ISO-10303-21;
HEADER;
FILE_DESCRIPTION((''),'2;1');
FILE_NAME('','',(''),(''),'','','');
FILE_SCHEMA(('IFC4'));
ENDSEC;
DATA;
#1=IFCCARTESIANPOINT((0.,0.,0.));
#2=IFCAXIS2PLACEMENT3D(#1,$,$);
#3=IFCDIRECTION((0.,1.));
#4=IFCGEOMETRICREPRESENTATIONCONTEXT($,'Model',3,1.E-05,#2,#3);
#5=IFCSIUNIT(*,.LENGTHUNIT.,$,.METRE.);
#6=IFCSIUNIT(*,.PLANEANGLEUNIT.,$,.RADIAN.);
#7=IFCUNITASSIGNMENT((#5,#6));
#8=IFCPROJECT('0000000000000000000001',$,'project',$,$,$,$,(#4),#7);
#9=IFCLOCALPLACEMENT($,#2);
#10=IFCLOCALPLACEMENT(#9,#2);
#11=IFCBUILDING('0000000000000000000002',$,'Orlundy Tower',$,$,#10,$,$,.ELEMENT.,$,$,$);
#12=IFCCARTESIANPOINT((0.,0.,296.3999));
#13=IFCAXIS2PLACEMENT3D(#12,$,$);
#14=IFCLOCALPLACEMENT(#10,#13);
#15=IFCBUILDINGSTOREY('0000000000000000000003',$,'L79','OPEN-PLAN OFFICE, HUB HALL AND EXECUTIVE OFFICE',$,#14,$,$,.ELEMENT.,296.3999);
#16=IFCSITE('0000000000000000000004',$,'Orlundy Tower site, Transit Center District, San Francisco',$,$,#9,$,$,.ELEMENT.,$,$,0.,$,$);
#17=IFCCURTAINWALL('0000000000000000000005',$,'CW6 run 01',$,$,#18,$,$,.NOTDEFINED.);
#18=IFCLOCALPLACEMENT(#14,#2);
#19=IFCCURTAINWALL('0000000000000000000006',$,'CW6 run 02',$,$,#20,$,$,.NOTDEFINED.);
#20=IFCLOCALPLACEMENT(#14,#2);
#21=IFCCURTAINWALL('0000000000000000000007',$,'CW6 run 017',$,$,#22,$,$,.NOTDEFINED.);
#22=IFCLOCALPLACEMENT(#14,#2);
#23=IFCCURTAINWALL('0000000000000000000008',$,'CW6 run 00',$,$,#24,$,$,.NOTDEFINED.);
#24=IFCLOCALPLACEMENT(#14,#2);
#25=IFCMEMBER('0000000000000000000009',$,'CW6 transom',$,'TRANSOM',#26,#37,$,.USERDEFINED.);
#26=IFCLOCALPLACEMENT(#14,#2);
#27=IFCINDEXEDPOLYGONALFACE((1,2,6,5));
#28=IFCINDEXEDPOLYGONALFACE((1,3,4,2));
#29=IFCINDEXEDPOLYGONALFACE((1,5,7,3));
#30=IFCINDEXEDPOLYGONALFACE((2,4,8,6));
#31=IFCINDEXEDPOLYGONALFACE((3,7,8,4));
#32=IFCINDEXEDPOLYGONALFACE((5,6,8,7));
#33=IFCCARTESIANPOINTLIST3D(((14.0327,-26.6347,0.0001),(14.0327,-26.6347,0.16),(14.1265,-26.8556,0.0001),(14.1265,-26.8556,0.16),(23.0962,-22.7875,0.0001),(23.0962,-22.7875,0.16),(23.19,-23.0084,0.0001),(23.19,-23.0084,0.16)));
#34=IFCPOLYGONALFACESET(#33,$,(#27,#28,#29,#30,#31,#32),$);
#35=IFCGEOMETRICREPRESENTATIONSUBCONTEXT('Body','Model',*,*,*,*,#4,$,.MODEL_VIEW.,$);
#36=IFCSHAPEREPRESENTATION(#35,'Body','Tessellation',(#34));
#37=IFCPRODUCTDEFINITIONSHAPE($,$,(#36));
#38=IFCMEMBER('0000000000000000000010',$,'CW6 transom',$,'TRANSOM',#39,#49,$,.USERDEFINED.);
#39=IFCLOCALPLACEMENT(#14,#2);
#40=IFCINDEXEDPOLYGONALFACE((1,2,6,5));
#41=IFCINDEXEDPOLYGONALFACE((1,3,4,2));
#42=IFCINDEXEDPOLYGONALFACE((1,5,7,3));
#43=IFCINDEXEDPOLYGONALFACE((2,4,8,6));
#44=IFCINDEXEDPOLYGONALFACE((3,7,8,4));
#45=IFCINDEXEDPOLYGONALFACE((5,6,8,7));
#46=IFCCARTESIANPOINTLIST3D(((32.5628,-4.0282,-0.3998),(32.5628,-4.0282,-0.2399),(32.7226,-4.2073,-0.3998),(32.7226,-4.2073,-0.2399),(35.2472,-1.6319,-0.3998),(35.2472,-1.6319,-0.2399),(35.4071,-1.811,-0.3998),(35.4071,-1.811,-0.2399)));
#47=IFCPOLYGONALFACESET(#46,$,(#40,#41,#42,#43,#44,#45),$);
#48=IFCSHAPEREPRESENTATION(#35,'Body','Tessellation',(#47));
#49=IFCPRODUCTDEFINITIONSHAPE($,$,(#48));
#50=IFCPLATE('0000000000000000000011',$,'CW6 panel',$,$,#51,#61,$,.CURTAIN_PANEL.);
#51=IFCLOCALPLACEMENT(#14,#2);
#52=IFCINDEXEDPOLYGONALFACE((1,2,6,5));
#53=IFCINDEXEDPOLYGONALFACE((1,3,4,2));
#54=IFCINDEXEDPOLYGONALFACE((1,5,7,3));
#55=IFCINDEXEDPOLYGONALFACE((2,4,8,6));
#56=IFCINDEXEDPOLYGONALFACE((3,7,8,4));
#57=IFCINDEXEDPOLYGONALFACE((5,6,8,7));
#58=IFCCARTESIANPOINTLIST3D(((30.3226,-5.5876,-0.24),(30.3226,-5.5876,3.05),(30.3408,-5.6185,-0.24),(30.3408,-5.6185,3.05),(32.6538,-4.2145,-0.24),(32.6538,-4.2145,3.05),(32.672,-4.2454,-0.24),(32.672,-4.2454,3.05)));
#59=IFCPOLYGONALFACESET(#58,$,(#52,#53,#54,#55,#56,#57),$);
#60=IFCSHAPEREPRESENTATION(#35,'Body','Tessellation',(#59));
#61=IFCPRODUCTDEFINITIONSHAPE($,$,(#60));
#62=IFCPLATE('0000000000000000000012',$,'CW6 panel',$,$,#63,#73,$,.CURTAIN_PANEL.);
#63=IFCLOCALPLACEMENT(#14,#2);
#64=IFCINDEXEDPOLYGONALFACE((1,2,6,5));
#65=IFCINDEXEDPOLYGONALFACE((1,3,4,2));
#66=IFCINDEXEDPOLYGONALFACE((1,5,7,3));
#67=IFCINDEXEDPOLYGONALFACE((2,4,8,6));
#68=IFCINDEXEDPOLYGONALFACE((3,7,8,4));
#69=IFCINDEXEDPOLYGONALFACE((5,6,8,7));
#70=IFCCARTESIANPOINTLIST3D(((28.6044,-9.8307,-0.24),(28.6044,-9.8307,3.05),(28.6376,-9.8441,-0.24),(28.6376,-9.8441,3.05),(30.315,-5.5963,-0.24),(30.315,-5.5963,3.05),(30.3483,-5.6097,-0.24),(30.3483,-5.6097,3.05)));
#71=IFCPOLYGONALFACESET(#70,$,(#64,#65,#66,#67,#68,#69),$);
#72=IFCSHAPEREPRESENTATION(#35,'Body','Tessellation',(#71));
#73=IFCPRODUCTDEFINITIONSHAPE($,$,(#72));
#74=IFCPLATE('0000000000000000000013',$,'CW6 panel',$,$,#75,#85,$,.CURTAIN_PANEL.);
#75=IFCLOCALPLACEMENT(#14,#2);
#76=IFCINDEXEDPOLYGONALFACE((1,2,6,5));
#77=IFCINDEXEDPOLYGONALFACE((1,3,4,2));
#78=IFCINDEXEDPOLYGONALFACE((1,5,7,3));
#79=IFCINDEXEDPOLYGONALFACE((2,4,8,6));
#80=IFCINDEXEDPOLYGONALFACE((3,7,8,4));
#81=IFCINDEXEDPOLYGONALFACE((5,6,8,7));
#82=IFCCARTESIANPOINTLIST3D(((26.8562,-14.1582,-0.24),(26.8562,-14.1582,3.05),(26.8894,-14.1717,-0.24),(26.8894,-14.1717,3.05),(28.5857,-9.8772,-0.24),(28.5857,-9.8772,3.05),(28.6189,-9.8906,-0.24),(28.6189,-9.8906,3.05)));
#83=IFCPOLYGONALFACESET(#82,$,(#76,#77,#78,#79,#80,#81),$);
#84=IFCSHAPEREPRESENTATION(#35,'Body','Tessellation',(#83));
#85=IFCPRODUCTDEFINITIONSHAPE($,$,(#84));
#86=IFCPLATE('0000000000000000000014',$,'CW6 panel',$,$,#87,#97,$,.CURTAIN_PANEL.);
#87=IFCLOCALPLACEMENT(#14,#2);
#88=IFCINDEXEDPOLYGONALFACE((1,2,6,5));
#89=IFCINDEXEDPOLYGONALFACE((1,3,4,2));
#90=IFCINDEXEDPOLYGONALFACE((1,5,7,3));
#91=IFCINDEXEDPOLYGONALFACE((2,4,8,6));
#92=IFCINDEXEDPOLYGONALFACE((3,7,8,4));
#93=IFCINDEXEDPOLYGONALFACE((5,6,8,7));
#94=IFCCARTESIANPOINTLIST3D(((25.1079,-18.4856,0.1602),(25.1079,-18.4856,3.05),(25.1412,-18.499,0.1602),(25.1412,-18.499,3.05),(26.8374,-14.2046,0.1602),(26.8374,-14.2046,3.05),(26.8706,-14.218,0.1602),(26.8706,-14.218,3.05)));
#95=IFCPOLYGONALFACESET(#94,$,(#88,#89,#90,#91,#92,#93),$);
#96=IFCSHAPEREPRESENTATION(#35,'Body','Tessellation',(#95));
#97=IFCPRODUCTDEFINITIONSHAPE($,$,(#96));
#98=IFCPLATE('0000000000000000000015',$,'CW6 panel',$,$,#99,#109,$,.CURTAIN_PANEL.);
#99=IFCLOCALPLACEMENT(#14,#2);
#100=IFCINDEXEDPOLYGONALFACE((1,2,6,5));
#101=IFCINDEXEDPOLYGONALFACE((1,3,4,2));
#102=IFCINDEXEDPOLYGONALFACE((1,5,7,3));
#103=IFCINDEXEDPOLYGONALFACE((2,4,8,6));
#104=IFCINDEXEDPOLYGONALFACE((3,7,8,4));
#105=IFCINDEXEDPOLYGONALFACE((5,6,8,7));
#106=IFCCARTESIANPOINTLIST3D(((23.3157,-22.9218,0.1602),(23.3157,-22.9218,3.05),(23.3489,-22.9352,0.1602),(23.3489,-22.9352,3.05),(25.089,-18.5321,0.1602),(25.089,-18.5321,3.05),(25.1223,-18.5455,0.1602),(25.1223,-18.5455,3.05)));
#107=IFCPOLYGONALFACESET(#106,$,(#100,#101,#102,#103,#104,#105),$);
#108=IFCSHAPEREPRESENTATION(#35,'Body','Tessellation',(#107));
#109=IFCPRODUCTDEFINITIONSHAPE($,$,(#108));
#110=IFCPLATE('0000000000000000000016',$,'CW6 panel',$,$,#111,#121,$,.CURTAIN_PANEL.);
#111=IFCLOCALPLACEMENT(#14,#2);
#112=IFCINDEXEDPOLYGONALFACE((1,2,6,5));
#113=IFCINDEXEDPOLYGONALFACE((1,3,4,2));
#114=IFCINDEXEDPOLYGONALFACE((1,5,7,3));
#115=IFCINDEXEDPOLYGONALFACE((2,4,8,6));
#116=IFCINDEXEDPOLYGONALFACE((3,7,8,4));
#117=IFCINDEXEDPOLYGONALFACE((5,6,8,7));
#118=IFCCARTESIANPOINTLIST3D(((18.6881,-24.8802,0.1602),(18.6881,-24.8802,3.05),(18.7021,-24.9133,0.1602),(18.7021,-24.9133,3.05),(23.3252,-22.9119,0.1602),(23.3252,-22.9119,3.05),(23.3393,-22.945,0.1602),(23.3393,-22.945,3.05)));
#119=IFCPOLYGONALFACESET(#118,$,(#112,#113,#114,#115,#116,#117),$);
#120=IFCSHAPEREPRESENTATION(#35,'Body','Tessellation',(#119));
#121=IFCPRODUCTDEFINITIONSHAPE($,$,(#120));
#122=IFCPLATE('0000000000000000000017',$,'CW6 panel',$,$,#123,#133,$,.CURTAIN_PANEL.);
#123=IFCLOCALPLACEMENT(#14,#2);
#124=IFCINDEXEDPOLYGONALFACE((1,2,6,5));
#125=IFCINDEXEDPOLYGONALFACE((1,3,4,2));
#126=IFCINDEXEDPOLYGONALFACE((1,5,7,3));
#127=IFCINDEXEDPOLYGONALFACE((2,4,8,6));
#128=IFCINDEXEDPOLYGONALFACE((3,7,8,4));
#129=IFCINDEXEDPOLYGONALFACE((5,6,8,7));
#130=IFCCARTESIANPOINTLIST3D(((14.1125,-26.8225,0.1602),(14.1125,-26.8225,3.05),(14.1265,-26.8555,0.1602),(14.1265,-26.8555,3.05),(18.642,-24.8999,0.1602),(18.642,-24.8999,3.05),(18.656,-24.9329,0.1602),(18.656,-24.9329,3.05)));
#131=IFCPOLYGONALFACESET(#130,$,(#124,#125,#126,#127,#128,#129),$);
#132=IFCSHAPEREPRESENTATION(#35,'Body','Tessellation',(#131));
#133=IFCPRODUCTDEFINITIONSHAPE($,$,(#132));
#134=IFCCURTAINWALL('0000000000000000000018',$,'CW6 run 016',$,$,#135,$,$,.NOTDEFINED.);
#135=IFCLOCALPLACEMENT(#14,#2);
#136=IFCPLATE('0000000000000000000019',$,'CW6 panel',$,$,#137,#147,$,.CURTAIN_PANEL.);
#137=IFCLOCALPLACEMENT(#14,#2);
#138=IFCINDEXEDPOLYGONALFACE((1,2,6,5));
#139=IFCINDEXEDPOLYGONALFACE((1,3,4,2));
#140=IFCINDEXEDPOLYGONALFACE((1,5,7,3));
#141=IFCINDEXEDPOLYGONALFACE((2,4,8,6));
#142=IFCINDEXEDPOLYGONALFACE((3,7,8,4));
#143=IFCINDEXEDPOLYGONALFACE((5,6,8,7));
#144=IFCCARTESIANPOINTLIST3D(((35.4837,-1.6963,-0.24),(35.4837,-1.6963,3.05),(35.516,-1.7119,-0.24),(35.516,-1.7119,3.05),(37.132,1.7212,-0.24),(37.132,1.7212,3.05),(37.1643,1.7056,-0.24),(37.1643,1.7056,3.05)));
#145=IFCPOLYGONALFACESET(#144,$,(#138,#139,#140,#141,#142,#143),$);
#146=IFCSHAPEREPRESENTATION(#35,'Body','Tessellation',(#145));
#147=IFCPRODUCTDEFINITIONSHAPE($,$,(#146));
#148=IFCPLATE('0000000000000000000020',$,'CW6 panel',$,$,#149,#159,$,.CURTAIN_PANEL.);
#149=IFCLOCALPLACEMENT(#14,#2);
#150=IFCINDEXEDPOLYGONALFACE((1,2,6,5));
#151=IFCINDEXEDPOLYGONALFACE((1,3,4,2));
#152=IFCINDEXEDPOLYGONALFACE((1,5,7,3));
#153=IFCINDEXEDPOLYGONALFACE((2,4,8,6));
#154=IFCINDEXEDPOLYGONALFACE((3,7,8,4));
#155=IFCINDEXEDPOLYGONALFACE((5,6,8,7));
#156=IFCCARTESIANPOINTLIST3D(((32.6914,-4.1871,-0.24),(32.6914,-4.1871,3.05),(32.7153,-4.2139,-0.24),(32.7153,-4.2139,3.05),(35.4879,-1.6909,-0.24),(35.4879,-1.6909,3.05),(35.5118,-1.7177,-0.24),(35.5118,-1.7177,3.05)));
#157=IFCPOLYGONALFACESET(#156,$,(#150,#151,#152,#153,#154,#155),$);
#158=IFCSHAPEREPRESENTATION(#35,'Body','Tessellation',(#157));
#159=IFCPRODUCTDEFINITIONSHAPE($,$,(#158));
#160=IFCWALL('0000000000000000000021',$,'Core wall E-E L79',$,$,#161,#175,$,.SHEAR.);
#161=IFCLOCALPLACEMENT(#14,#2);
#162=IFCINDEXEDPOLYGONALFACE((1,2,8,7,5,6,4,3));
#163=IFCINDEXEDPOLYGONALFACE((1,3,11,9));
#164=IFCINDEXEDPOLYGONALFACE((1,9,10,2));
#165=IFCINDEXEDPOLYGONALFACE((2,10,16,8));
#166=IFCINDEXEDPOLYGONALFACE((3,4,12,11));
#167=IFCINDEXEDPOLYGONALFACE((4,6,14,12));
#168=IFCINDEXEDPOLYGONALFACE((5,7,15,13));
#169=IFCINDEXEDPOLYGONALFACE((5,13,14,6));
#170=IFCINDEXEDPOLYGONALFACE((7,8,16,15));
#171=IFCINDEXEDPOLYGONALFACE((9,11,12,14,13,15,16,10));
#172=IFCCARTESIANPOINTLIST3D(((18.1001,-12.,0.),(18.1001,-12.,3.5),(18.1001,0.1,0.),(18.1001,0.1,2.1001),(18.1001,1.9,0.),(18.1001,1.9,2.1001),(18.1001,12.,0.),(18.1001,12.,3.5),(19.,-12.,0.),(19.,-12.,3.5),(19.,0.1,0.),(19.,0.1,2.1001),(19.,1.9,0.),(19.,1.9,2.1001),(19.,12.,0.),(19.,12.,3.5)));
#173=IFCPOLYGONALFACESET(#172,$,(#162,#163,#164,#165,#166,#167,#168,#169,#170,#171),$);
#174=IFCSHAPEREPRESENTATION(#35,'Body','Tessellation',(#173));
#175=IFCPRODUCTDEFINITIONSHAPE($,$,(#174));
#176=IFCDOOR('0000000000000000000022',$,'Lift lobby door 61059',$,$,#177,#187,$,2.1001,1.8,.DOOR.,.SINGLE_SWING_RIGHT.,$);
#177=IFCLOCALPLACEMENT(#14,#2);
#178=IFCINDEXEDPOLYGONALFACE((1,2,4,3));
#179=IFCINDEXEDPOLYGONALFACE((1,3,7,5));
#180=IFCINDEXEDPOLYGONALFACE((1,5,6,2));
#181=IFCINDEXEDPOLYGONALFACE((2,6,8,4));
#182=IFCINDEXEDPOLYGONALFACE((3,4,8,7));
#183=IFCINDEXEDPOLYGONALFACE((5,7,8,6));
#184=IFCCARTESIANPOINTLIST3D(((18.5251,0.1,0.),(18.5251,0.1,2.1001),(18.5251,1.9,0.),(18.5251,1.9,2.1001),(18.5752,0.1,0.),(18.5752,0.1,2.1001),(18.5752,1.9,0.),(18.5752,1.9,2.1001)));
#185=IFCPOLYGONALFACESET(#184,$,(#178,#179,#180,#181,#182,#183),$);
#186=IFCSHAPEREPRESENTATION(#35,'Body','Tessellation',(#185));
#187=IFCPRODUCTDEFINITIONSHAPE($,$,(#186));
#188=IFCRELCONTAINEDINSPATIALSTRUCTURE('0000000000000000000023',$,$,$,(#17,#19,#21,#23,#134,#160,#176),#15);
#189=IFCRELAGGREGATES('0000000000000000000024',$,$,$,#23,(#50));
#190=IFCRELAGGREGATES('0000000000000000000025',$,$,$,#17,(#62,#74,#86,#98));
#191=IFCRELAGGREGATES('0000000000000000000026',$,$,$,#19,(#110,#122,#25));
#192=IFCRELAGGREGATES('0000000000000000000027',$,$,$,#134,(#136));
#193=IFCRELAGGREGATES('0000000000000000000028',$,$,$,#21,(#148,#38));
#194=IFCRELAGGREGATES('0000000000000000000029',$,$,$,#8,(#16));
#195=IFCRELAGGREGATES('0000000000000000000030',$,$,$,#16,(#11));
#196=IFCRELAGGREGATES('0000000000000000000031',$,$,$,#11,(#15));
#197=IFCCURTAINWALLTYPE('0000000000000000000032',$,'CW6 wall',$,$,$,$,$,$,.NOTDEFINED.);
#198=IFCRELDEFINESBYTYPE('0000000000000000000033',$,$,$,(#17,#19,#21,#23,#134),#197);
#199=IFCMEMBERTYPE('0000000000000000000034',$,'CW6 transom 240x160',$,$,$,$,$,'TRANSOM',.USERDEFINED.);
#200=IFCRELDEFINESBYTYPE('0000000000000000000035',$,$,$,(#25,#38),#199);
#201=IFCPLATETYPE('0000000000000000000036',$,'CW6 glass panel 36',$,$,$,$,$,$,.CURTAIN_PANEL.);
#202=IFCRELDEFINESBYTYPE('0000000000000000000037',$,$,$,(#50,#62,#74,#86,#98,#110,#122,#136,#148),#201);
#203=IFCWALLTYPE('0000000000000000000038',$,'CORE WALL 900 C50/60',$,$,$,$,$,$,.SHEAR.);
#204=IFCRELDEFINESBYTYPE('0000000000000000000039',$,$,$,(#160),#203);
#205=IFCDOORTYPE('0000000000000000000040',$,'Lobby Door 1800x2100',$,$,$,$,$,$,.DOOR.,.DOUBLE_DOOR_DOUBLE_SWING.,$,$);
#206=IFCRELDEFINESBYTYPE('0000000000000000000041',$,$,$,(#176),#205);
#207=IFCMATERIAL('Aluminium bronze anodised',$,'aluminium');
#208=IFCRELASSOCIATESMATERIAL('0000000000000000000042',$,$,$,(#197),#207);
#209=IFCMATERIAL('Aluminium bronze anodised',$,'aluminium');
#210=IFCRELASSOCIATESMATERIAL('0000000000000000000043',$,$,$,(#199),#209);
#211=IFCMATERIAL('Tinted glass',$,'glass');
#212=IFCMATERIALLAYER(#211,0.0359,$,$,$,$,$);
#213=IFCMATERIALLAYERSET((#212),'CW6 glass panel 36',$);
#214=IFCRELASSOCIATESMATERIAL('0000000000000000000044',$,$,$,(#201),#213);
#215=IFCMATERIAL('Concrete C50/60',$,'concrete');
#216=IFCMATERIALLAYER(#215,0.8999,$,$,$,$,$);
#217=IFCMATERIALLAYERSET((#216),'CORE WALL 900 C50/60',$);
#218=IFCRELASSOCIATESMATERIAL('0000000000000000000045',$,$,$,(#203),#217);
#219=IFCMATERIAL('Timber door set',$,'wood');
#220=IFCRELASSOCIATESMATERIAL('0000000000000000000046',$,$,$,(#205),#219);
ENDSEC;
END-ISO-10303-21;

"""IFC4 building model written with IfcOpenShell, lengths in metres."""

from ifc_helpers import new_model, si_unit, direction, frame, frame_2d, origin, origin_2d, place, context, subcontext, project, spatial, rectangle, extrude, material, layer, layer_set, material_profile, profile_set, type_object, element, fill, aggregate, save


model = new_model("IFC4")

# Units and contexts
model_context = context("Model", 3, precision=1e-05, world=origin(), true_north=direction((0.0, 1.0)))
body_context = subcontext(model_context, "Body", "Model", "MODEL_VIEW")
ifc_project = project(units=[si_unit("LENGTHUNIT", "METRE"), si_unit("PLANEANGLEUNIT", "RADIAN")], contexts=[model_context])

# Site, building, storey
site_placement = place(None, origin())
site = spatial("IfcSite", under=ifc_project, at=site_placement, Name="Orlundy Tower site, Transit Center District, San Francisco", CompositionType="ELEMENT", RefElevation=0.0)
building_placement = place(site_placement, origin())
building = spatial("IfcBuilding", under=site, at=building_placement, Name="Orlundy Tower", CompositionType="ELEMENT")
storey_placement = place(building_placement, frame((0.0, 0.0, 296.3999)))
storey = spatial("IfcBuildingStorey", under=building, at=storey_placement, Name="L79", Description="OPEN-PLAN OFFICE, HUB HALL AND EXECUTIVE OFFICE", CompositionType="ELEMENT", Elevation=296.3999)

# Curtain walls
ifc_material_1 = material(Name="Aluminium bronze anodised", Category="aluminium")
curtain_wall_type = type_object("IfcCurtainWallType", Name="CW6 wall", PredefinedType="NOTDEFINED", material=ifc_material_1)
curtain_wall_1_placement = place(storey_placement, origin())
curtain_wall_1 = element("IfcCurtainWall", 1, at=curtain_wall_1_placement, inside=storey, type_object=curtain_wall_type, Name="CW6 run 01", PredefinedType="NOTDEFINED")
curtain_wall_2_placement = place(storey_placement, origin())
curtain_wall_2 = element("IfcCurtainWall", 2, at=curtain_wall_2_placement, inside=storey, type_object=curtain_wall_type, Name="CW6 run 02", PredefinedType="NOTDEFINED")
curtain_wall_3_placement = place(storey_placement, origin())
curtain_wall_3 = element("IfcCurtainWall", 3, at=curtain_wall_3_placement, inside=storey, type_object=curtain_wall_type, Name="CW6 run 017", PredefinedType="NOTDEFINED")
curtain_wall_4_placement = place(storey_placement, origin())
curtain_wall_4 = element("IfcCurtainWall", 4, at=curtain_wall_4_placement, inside=storey, type_object=curtain_wall_type, Name="CW6 run 00", PredefinedType="NOTDEFINED")

# Members
ifc_material_2 = material(Name="Aluminium bronze anodised", Category="aluminium")
ifc_material_profile_1 = material_profile(ifc_material_2, rectangle(XDim=0.24, YDim=0.1599, at=origin_2d()), Name="CW6 transom 240x160")
ifc_profile_set_1 = profile_set([ifc_material_profile_1], Name="Aluminium bronze anodised")
member_type_1 = type_object("IfcMemberType", Name="CW6 transom 240x160", ElementType="TRANSOM", PredefinedType="USERDEFINED", material=ifc_profile_set_1)
member_1_placement = place(storey_placement, frame((23.1431, -22.8979, 0.0801), z_axis=(-0.920507, -0.390727, 0.0), x_axis=(0.390727, -0.920507, 0.0)))
member_1 = element("IfcMember", 5, at=member_1_placement, type_object=member_type_1, Name="CW6 transom", ObjectType="TRANSOM", PredefinedType="USERDEFINED", context=body_context, shape_type="SweptSolid", body=[
    extrude(rectangle(XDim=0.24, YDim=0.1599, at=origin_2d()), origin(), (0.0, 0.0, 1.0), 9.8462),
])
member_2_placement = place(storey_placement, frame((35.3271, -1.7214, -0.3198), z_axis=(-0.746004, -0.665942, 0.0), x_axis=(0.665942, -0.746004, 0.0)))
member_2 = element("IfcMember", 6, at=member_2_placement, type_object=member_type_1, Name="CW6 transom", ObjectType="TRANSOM", PredefinedType="USERDEFINED", context=body_context, shape_type="SweptSolid", body=[
    extrude(rectangle(XDim=0.24, YDim=0.1599, at=origin_2d()), origin(), (0.0, 0.0, 1.0), 3.5984),
])

# Plates
ifc_material_3 = material(Name="Tinted glass", Category="glass")
ifc_layer_1 = layer(ifc_material_3, 0.0359)
ifc_layer_set_1 = layer_set([ifc_layer_1], Name="CW6 glass panel 36")
plate_type = type_object("IfcPlateType", Name="CW6 glass panel 36", PredefinedType="CURTAIN_PANEL", material=ifc_layer_set_1)
plate_1_placement = place(storey_placement, frame((31.4973, -4.9165, -0.24), z_axis=(0.0, 0.0, 1.0), x_axis=(-0.861648, -0.507507, 0.0)))
plate_1 = element("IfcPlate", 7, at=plate_1_placement, type_object=plate_type, Name="CW6 panel", PredefinedType="CURTAIN_PANEL", context=body_context, shape_type="SweptSolid", body=[
    extrude(rectangle(XDim=2.7056, YDim=0.0359, at=origin_2d()), origin(), (0.0, 0.0, 1.0), 3.29),
])
aggregate(curtain_wall_4, [plate_1])
plate_2_placement = place(storey_placement, frame((29.4763, -7.7202, -0.24), z_axis=(0.0, 0.0, 1.0), x_axis=(-0.374575, -0.927197, 0.0)))
plate_2 = element("IfcPlate", 8, at=plate_2_placement, type_object=plate_type, Name="CW6 panel", PredefinedType="CURTAIN_PANEL", context=body_context, shape_type="SweptSolid", body=[
    extrude(rectangle(XDim=4.5669, YDim=0.0359, at=origin_2d()), origin(), (0.0, 0.0, 1.0), 3.29),
])
plate_3_placement = place(storey_placement, frame((27.7375, -12.0244, -0.24), z_axis=(0.0, 0.0, 1.0), x_axis=(-0.374575, -0.927197, 0.0)))
plate_3 = element("IfcPlate", 9, at=plate_3_placement, type_object=plate_type, Name="CW6 panel", PredefinedType="CURTAIN_PANEL", context=body_context, shape_type="SweptSolid", body=[
    extrude(rectangle(XDim=4.6172, YDim=0.0359, at=origin_2d()), origin(), (0.0, 0.0, 1.0), 3.29),
])
plate_4_placement = place(storey_placement, frame((25.9893, -16.3518, 0.1602), z_axis=(0.0, 0.0, 1.0), x_axis=(-0.374575, -0.927197, 0.0)))
plate_4 = element("IfcPlate", 10, at=plate_4_placement, type_object=plate_type, Name="CW6 panel", PredefinedType="CURTAIN_PANEL", context=body_context, shape_type="SweptSolid", body=[
    extrude(rectangle(XDim=4.6172, YDim=0.0359, at=origin_2d()), origin(), (0.0, 0.0, 1.0), 2.8899),
])
plate_5_placement = place(storey_placement, frame((24.219, -20.7336, 0.1602), z_axis=(0.0, 0.0, 1.0), x_axis=(-0.374575, -0.927197, 0.0)))
plate_5 = element("IfcPlate", 11, at=plate_5_placement, type_object=plate_type, Name="CW6 panel", PredefinedType="CURTAIN_PANEL", context=body_context, shape_type="SweptSolid", body=[
    extrude(rectangle(XDim=4.7344, YDim=0.0359, at=origin_2d()), origin(), (0.0, 0.0, 1.0), 2.8899),
])
aggregate(curtain_wall_1, [plate_2, plate_3, plate_4, plate_5])
plate_6_placement = place(storey_placement, frame((21.0137, -23.9126, 0.1602), z_axis=(0.0, 0.0, 1.0), x_axis=(-0.920507, -0.390727, 0.0)))
plate_6 = element("IfcPlate", 12, at=plate_6_placement, type_object=plate_type, Name="CW6 panel", PredefinedType="CURTAIN_PANEL", context=body_context, shape_type="SweptSolid", body=[
    extrude(rectangle(XDim=5.0376, YDim=0.0359, at=origin_2d()), origin(), (0.0, 0.0, 1.0), 2.8899),
])
plate_7_placement = place(storey_placement, frame((16.3843, -25.8777, 0.1602), z_axis=(0.0, 0.0, 1.0), x_axis=(-0.920507, -0.390727, 0.0)))
plate_7 = element("IfcPlate", 13, at=plate_7_placement, type_object=plate_type, Name="CW6 panel", PredefinedType="CURTAIN_PANEL", context=body_context, shape_type="SweptSolid", body=[
    extrude(rectangle(XDim=4.9207, YDim=0.0359, at=origin_2d()), origin(), (0.0, 0.0, 1.0), 2.8899),
])
aggregate(curtain_wall_2, [plate_6, plate_7, member_1])

# Curtain wall, plate
curtain_wall_5_placement = place(storey_placement, origin())
curtain_wall_5 = element("IfcCurtainWall", 14, at=curtain_wall_5_placement, inside=storey, type_object=curtain_wall_type, Name="CW6 run 016", PredefinedType="NOTDEFINED")
plate_8_placement = place(storey_placement, frame((36.324, 0.0046, -0.24), z_axis=(0.0, 0.0, 1.0), x_axis=(-0.434432, -0.900705, 0.0)))
plate_8 = element("IfcPlate", 15, at=plate_8_placement, type_object=plate_type, Name="CW6 panel", PredefinedType="CURTAIN_PANEL", context=body_context, shape_type="SweptSolid", body=[
    extrude(rectangle(XDim=3.7942, YDim=0.0359, at=origin_2d()), origin(), (0.0, 0.0, 1.0), 3.29),
])
aggregate(curtain_wall_5, [plate_8])

# Plate
plate_9_placement = place(storey_placement, frame((34.1016, -2.9524, -0.24), z_axis=(0.0, 0.0, 1.0), x_axis=(-0.746024, -0.665919, 0.0)))
plate_9 = element("IfcPlate", 16, at=plate_9_placement, type_object=plate_type, Name="CW6 panel", PredefinedType="CURTAIN_PANEL", context=body_context, shape_type="SweptSolid", body=[
    extrude(rectangle(XDim=3.7485, YDim=0.0359, at=origin_2d()), origin(), (0.0, 0.0, 1.0), 3.29),
])
aggregate(curtain_wall_3, [plate_9, member_2])

# Wall, opening, door
ifc_material_4 = material(Name="Concrete C50/60", Category="concrete")
ifc_layer_2 = layer(ifc_material_4, 0.8999)
ifc_layer_set_2 = layer_set([ifc_layer_2], Name="CORE WALL 900 C50/60")
wall_type_1 = type_object("IfcWallType", Name="CORE WALL 900 C50/60", PredefinedType="SHEAR", material=ifc_layer_set_2)
wall_1_placement = place(storey_placement, frame((18.55, -12.0, 0.0), z_axis=(0.0, 0.0, 1.0), x_axis=(0.0, 1.0, 0.0)))
wall_1 = element("IfcWall", 17, at=wall_1_placement, inside=storey, type_object=wall_type_1, Name="Core wall E-E L79", PredefinedType="SHEAR", context=body_context, shape_type="SweptSolid", body=[
    extrude(rectangle(XDim=24.0, YDim=0.8999, at=frame_2d((12.0, 0.0))), origin(), (0.0, 0.0, 1.0), 3.5),
])
opening_1_placement = place(wall_1_placement, frame((12.1001, 0.0, 0.0)))
opening_1 = element("IfcOpeningElement", 18, at=opening_1_placement, cuts=wall_1, PredefinedType="OPENING", context=body_context, shape_type="SweptSolid", body=[
    extrude(rectangle(XDim=1.8, YDim=2.1001, at=frame_2d((0.8999, 1.05))), frame((0.0, 0.46, 0.0), z_axis=(0.0, -1.0, 0.0), x_axis=(1.0, 0.0, 0.0)), (0.0, 0.0, 1.0), 0.9199),
])
ifc_material_5 = material(Name="Timber door set", Category="wood")
door_type_1 = type_object("IfcDoorType", Name="Lobby Door 1800x2100", OperationType="DOUBLE_DOOR_DOUBLE_SWING", PredefinedType="DOOR", material=ifc_material_5)
door_1_placement = place(opening_1_placement, origin())
door_1 = element("IfcDoor", 19, at=door_1_placement, inside=storey, type_object=door_type_1, Name="Lift lobby door 61059", OperationType="SINGLE_SWING_RIGHT", OverallHeight=2.1001, OverallWidth=1.8, PredefinedType="DOOR", context=body_context, shape_type="SweptSolid", body=[
    extrude(rectangle(XDim=1.8, YDim=2.1001, at=frame_2d((0.8999, 1.05))), frame((0.0, 0.0249, 0.0), z_axis=(0.0, -1.0, 0.0), x_axis=(1.0, 0.0, 0.0)), (0.0, 0.0, 1.0), 0.05),
])
fill(opening_1, door_1)

save(model, "model.ifc")
